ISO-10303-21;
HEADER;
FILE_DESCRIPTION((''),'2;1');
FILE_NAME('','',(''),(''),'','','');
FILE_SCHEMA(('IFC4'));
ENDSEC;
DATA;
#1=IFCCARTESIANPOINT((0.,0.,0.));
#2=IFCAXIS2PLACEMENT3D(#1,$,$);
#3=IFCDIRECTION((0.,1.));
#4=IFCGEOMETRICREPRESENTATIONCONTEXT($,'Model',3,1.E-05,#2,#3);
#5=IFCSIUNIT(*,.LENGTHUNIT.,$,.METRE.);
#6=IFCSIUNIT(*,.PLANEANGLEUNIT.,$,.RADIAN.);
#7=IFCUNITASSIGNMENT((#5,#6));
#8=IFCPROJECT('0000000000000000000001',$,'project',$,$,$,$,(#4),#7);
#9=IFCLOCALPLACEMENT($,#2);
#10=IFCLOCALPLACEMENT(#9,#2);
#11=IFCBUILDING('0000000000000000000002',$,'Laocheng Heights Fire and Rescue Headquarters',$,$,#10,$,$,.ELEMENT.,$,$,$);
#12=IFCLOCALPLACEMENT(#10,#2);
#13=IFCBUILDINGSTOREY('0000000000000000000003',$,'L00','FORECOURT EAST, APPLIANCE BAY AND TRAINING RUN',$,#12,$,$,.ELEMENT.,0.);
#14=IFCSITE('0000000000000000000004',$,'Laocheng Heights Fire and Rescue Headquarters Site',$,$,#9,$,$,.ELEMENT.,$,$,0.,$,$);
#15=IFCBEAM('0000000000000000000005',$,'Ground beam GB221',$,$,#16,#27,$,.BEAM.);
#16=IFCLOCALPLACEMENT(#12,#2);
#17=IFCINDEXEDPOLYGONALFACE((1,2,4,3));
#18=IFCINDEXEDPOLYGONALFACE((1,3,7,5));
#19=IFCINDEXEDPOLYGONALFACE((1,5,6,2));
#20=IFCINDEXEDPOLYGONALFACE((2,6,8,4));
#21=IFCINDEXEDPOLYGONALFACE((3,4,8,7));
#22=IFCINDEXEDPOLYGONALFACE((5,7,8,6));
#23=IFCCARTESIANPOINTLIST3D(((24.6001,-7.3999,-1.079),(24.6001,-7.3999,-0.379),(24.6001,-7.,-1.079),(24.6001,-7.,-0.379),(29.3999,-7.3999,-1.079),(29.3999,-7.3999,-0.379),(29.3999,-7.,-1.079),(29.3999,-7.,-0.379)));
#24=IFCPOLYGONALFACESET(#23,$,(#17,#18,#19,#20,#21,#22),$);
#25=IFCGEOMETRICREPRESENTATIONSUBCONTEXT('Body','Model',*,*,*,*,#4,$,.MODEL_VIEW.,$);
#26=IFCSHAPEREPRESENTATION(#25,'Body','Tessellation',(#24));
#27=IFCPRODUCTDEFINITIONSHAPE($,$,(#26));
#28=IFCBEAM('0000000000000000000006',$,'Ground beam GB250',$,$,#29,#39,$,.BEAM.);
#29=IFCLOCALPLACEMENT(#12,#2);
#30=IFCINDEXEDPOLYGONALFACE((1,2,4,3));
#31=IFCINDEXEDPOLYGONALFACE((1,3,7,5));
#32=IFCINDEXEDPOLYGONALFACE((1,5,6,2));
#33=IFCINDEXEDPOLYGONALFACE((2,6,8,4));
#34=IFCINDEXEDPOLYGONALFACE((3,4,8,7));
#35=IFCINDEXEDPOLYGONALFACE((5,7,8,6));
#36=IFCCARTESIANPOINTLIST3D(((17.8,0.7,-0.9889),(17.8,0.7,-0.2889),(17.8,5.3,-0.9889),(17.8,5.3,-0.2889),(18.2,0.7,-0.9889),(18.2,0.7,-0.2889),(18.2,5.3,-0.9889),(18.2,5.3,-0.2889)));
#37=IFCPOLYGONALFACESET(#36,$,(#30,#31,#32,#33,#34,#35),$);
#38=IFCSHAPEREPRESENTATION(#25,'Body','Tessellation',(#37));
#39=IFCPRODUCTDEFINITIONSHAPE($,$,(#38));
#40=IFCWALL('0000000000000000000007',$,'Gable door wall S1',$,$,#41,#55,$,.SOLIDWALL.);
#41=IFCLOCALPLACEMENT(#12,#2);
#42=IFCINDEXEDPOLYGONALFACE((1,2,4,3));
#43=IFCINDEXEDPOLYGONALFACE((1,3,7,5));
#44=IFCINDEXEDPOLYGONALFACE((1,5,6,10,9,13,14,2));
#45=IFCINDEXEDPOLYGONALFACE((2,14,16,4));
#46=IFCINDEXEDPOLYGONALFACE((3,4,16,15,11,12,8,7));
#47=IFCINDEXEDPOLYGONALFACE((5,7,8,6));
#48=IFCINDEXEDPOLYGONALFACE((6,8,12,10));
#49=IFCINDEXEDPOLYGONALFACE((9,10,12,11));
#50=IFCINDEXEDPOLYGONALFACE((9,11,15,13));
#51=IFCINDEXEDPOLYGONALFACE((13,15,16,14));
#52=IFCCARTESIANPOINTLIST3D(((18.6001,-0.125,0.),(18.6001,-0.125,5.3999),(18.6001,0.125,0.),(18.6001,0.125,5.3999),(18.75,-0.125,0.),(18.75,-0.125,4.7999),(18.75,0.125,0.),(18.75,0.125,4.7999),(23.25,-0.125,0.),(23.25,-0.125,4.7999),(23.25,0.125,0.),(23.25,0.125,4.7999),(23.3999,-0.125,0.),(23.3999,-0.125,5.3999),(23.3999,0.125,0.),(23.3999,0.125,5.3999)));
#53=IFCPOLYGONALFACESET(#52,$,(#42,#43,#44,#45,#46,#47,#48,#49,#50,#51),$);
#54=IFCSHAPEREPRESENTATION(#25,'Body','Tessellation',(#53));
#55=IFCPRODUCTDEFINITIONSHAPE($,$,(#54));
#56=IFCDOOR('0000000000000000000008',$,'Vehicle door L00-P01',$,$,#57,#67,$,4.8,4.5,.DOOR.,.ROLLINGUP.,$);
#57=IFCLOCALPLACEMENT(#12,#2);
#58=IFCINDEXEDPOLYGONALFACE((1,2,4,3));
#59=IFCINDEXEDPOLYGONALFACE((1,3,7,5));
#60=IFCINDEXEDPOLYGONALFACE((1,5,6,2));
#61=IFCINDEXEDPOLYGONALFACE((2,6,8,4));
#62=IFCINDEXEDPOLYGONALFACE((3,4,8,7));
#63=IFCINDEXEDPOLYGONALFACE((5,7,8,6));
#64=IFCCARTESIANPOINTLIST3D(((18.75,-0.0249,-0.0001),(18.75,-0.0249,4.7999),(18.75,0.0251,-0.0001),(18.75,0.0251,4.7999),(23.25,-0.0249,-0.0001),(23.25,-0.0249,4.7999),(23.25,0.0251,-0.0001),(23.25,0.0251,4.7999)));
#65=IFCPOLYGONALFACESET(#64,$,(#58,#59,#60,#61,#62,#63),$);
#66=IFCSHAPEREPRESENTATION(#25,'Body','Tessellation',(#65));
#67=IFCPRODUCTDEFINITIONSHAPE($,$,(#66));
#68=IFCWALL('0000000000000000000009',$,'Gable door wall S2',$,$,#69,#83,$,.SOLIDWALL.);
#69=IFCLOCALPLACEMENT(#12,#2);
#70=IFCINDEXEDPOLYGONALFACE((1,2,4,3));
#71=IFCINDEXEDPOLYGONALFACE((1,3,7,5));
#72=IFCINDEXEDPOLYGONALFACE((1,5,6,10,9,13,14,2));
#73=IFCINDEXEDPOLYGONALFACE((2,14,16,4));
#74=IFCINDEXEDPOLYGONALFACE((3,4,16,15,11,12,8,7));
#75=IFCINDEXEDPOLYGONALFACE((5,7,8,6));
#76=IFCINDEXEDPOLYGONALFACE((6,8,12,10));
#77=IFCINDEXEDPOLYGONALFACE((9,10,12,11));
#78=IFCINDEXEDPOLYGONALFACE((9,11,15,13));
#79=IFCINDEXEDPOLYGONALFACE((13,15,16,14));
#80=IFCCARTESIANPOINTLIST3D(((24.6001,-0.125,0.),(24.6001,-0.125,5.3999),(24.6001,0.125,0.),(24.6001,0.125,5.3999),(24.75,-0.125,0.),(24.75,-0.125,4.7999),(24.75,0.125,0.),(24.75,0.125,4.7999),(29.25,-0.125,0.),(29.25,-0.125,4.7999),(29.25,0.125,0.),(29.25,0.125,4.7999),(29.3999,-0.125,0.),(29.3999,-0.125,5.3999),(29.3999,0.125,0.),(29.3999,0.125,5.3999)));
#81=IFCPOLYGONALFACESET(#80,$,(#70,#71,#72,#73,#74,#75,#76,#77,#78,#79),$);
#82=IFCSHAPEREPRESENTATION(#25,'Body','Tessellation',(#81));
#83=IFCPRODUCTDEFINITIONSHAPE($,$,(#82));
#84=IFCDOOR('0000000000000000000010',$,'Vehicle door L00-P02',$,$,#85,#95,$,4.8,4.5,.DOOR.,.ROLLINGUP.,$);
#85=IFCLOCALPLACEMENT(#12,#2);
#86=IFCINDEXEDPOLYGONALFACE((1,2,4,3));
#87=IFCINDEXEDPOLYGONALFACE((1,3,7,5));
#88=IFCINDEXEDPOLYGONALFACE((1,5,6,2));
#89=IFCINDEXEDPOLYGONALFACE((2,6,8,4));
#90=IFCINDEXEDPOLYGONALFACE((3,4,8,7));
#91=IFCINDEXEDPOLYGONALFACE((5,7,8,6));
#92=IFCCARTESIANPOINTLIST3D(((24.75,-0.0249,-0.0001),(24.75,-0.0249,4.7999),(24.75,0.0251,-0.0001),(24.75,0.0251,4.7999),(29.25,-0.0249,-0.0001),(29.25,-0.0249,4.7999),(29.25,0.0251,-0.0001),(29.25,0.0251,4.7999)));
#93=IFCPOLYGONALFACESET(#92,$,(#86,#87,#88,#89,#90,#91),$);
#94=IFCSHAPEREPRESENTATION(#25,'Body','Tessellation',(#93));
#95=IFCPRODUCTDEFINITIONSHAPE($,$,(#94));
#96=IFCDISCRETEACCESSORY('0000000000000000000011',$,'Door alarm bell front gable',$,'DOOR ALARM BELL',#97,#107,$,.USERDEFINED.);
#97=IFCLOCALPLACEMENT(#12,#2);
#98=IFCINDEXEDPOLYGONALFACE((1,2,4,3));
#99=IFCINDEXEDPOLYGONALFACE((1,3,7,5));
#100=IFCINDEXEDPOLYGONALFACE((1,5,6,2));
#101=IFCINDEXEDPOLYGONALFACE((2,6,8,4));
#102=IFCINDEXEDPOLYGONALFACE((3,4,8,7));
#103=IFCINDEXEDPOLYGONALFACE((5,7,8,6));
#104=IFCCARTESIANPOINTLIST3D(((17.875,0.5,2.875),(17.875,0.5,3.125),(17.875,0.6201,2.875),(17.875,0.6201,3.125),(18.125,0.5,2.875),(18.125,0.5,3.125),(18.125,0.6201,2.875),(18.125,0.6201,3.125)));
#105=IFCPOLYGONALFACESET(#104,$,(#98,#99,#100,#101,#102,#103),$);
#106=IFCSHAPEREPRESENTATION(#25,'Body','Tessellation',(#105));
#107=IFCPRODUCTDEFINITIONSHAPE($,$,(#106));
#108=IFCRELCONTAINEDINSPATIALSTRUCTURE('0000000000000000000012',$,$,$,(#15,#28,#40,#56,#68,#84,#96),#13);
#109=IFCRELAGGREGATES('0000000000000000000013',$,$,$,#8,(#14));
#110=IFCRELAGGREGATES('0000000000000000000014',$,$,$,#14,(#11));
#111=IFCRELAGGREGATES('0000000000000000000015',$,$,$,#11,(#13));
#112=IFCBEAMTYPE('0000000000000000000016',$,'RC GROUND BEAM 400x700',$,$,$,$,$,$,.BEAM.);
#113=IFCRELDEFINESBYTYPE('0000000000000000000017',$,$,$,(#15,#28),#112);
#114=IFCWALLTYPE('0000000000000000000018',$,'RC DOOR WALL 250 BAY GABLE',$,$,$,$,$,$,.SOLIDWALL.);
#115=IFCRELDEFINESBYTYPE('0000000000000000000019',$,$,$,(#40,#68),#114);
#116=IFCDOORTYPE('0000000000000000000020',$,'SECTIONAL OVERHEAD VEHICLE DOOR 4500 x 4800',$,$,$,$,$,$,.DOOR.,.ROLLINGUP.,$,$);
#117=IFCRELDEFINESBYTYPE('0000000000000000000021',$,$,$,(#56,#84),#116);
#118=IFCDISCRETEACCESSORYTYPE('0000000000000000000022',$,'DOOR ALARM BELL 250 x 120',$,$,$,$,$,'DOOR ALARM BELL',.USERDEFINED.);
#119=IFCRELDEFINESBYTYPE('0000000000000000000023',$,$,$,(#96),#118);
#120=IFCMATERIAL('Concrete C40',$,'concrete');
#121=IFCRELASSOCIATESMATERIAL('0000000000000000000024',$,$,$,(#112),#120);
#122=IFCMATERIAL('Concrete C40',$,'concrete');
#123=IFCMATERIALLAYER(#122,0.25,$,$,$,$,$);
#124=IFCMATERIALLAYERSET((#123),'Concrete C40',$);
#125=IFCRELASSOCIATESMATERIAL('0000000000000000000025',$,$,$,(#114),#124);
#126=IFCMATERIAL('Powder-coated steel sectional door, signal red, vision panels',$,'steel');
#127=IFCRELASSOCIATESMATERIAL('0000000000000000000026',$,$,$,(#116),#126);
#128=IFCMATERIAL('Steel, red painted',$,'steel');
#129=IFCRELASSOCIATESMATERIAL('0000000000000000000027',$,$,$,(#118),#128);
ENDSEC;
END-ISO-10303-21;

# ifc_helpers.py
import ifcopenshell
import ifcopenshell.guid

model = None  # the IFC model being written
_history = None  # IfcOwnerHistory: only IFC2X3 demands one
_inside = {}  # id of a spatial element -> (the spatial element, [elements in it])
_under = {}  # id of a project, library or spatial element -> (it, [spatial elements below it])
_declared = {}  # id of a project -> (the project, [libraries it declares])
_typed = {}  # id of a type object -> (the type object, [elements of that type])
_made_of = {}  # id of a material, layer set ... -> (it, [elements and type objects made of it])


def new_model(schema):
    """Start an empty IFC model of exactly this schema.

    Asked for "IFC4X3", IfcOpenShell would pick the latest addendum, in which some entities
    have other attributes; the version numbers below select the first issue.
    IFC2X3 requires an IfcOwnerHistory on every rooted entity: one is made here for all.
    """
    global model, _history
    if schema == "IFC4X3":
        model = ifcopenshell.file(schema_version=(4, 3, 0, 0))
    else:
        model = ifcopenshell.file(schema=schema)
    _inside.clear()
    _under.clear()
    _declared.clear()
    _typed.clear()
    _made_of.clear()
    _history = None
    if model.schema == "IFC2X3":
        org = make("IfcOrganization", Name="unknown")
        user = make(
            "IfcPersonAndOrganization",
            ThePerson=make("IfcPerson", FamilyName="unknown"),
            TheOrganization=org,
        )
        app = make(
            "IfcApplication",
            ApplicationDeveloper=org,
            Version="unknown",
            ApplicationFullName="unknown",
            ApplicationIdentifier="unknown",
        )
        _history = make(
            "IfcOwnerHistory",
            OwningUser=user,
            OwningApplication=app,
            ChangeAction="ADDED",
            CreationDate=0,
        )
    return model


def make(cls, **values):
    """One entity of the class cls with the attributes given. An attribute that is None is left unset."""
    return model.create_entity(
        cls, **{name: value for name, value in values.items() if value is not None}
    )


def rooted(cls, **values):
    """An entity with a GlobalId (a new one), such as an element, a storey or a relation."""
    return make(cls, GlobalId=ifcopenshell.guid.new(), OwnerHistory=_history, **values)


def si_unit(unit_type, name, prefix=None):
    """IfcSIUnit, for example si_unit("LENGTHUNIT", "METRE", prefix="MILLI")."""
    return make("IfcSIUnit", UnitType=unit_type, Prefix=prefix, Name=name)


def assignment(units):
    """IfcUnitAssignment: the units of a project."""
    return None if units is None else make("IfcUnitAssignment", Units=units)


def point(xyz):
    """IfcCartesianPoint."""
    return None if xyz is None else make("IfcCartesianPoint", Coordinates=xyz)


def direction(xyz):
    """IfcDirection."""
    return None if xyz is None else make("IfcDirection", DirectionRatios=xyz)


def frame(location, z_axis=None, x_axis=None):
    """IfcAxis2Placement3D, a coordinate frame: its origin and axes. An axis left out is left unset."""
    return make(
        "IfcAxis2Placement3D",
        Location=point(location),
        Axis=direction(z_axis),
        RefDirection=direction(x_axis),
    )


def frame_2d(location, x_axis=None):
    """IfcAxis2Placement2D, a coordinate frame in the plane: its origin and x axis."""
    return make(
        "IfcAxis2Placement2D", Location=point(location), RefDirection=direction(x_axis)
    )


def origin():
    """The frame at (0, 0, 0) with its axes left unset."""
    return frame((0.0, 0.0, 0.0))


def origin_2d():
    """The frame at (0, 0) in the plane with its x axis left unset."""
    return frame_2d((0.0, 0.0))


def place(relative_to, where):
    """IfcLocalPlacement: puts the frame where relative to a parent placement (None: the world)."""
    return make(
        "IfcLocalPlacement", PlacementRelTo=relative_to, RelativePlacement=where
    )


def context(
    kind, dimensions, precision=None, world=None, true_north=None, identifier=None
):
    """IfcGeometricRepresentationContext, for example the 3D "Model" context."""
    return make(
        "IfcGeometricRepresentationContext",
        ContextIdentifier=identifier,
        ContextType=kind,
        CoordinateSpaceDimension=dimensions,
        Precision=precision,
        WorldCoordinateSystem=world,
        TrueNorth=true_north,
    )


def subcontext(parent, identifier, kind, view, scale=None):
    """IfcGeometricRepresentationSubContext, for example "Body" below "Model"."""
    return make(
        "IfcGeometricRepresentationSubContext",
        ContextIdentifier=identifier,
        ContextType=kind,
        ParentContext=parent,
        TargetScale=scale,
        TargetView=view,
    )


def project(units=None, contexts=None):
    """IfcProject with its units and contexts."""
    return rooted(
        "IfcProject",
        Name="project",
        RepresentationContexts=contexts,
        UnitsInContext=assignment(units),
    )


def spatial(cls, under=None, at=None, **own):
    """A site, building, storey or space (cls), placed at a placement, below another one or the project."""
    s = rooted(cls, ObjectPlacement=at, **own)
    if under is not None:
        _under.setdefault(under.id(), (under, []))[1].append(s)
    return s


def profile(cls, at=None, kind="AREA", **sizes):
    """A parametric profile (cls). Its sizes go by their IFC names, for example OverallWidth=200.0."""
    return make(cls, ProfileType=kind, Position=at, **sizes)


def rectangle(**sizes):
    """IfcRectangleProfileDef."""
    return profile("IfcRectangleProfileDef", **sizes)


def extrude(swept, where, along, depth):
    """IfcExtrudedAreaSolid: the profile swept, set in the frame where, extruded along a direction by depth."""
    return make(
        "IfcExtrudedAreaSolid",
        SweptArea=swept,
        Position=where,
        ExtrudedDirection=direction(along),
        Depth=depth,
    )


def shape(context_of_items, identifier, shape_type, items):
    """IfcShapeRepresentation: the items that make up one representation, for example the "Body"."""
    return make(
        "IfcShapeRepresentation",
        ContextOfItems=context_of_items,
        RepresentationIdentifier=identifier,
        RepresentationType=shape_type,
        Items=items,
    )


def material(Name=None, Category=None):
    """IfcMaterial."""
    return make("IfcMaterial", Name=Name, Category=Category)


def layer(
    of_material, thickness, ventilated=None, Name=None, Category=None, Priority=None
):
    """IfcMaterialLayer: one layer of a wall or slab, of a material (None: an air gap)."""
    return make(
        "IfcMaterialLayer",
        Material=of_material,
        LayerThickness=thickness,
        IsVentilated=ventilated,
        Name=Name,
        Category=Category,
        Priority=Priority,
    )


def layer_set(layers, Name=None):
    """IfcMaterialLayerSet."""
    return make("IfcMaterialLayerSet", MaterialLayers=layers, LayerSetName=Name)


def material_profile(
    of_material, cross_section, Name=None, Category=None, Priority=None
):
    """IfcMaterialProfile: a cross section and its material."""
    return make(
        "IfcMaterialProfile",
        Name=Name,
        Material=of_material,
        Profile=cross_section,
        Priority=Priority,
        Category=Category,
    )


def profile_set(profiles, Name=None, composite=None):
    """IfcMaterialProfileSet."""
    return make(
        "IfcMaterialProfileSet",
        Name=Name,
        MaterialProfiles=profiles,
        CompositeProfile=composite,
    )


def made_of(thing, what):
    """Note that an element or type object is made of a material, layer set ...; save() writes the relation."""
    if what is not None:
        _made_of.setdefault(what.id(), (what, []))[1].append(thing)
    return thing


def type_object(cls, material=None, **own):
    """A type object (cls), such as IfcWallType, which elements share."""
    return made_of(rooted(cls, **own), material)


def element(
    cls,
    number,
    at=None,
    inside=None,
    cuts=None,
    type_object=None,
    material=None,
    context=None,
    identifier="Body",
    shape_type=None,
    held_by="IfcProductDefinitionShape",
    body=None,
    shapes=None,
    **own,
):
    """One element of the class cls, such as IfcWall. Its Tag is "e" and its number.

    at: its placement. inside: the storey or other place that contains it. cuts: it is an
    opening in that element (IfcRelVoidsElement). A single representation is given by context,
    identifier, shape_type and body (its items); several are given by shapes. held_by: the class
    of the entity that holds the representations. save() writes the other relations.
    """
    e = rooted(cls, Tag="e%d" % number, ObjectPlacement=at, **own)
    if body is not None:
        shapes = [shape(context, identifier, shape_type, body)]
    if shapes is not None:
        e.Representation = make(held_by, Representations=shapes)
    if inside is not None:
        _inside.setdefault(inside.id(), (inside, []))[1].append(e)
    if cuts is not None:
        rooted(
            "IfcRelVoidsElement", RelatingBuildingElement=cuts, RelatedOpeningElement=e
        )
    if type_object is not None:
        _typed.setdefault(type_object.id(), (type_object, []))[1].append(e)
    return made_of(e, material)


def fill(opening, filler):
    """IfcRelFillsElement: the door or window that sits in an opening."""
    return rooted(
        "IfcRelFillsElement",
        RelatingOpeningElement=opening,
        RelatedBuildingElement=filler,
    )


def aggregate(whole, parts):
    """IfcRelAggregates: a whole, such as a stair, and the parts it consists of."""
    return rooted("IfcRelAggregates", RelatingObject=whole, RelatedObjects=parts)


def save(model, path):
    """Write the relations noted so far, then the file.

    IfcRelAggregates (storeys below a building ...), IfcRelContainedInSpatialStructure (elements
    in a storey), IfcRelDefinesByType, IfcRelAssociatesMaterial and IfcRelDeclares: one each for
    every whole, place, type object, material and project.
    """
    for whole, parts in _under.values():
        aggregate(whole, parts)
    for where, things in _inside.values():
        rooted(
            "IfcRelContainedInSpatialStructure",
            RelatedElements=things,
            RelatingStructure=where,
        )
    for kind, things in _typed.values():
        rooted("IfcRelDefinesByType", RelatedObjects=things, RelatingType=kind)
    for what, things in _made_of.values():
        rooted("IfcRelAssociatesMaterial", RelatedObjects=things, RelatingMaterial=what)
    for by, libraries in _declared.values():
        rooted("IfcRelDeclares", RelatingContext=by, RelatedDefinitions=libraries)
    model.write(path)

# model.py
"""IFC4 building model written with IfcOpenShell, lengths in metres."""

from ifc_helpers import new_model, si_unit, direction, frame, frame_2d, origin, origin_2d, place, context, subcontext, project, spatial, rectangle, extrude, material, layer, layer_set, material_profile, profile_set, type_object, element, fill, save


model = new_model("IFC4")

# Units and contexts
model_context = context("Model", 3, precision=1e-05, world=origin(), true_north=direction((0.0, 1.0)))
body_context = subcontext(model_context, "Body", "Model", "MODEL_VIEW")
ifc_project = project(units=[si_unit("LENGTHUNIT", "METRE"), si_unit("PLANEANGLEUNIT", "RADIAN")], contexts=[model_context])

# Site, building, storey
site_placement = place(None, origin())
site = spatial("IfcSite", under=ifc_project, at=site_placement, Name="Laocheng Heights Fire and Rescue Headquarters Site", CompositionType="ELEMENT", RefElevation=0.0)
building_placement = place(site_placement, origin())
building = spatial("IfcBuilding", under=site, at=building_placement, Name="Laocheng Heights Fire and Rescue Headquarters", CompositionType="ELEMENT")
storey_placement = place(building_placement, origin())
storey = spatial("IfcBuildingStorey", under=building, at=storey_placement, Name="L00", Description="FORECOURT EAST, APPLIANCE BAY AND TRAINING RUN", CompositionType="ELEMENT", Elevation=0.0)

# Beams
ifc_material_1 = material(Name="Concrete C40", Category="concrete")
ifc_material_profile_1 = material_profile(ifc_material_1, rectangle(XDim=0.3999, YDim=0.7, at=origin_2d()), Name="RC GROUND BEAM 400x700")
ifc_profile_set_1 = profile_set([ifc_material_profile_1], Name="Concrete C40")
beam_type_1 = type_object("IfcBeamType", Name="RC GROUND BEAM 400x700", PredefinedType="BEAM", material=ifc_profile_set_1)
beam_1_placement = place(storey_placement, frame((24.6001, -7.2, -0.729), z_axis=(1.0, 0.0, 0.0), x_axis=(0.0, 1.0, 0.0)))
element("IfcBeam", 1, at=beam_1_placement, inside=storey, type_object=beam_type_1, Name="Ground beam GB221", PredefinedType="BEAM", context=body_context, shape_type="SweptSolid", body=[
    extrude(rectangle(XDim=0.3999, YDim=0.7, at=origin_2d()), origin(), (0.0, 0.0, 1.0), 4.7998),
])
beam_2_placement = place(storey_placement, frame((18.0, 0.7, -0.6389), z_axis=(0.0, 1.0, 0.0), x_axis=(-1.0, 0.0, 0.0)))
element("IfcBeam", 2, at=beam_2_placement, inside=storey, type_object=beam_type_1, Name="Ground beam GB250", PredefinedType="BEAM", context=body_context, shape_type="SweptSolid", body=[
    extrude(rectangle(XDim=0.3999, YDim=0.7, at=origin_2d()), origin(), (0.0, 0.0, 1.0), 4.6001),
])

# Walls, openings, doors
ifc_material_2 = material(Name="Concrete C40", Category="concrete")
ifc_layer = layer(ifc_material_2, 0.25)
ifc_layer_set = layer_set([ifc_layer], Name="Concrete C40")
wall_type = type_object("IfcWallType", Name="RC DOOR WALL 250 BAY GABLE", PredefinedType="SOLIDWALL", material=ifc_layer_set)
wall_1_placement = place(storey_placement, frame((18.6001, 0.0, 0.0), z_axis=(0.0, 0.0, 1.0), x_axis=(1.0, 0.0, 0.0)))
wall_1 = element("IfcWall", 3, at=wall_1_placement, inside=storey, type_object=wall_type, Name="Gable door wall S1", PredefinedType="SOLIDWALL", context=body_context, shape_type="SweptSolid", body=[
    extrude(rectangle(XDim=4.7998, YDim=0.25, at=frame_2d((2.3999, 0.0))), origin(), (0.0, 0.0, 1.0), 5.3999),
])
opening_1_placement = place(wall_1_placement, frame((0.1499, 0.0, 0.0)))
opening_1 = element("IfcOpeningElement", 4, at=opening_1_placement, cuts=wall_1, PredefinedType="OPENING", context=body_context, shape_type="SweptSolid", body=[
    extrude(rectangle(XDim=4.5, YDim=4.8, at=frame_2d((2.25, 2.3999))), frame((0.0, 0.135, 0.0), z_axis=(0.0, -1.0, 0.0), x_axis=(1.0, 0.0, 0.0)), (0.0, 0.0, 1.0), 0.27),
])
ifc_material_3 = material(Name="Powder-coated steel sectional door, signal red, vision panels", Category="steel")
door_type = type_object("IfcDoorType", Name="SECTIONAL OVERHEAD VEHICLE DOOR 4500 x 4800", OperationType="ROLLINGUP", PredefinedType="DOOR", material=ifc_material_3)
door_1_placement = place(opening_1_placement, frame((4.5, 0.0, 0.0), z_axis=(0.0, 0.0, 1.0), x_axis=(-1.0, 0.0, 0.0)))
door_1 = element("IfcDoor", 5, at=door_1_placement, inside=storey, type_object=door_type, Name="Vehicle door L00-P01", OperationType="ROLLINGUP", OverallHeight=4.8, OverallWidth=4.5, PredefinedType="DOOR", context=body_context, shape_type="SweptSolid", body=[
    extrude(rectangle(XDim=4.5, YDim=4.8, at=frame_2d((2.25, 2.3999))), frame((0.0, 0.0249, 0.0), z_axis=(0.0, -1.0, 0.0), x_axis=(1.0, 0.0, 0.0)), (0.0, 0.0, 1.0), 0.05),
])
fill(opening_1, door_1)
wall_2_placement = place(storey_placement, frame((24.6001, 0.0, 0.0), z_axis=(0.0, 0.0, 1.0), x_axis=(1.0, 0.0, 0.0)))
wall_2 = element("IfcWall", 6, at=wall_2_placement, inside=storey, type_object=wall_type, Name="Gable door wall S2", PredefinedType="SOLIDWALL", context=body_context, shape_type="SweptSolid", body=[
    extrude(rectangle(XDim=4.7998, YDim=0.25, at=frame_2d((2.3999, 0.0))), origin(), (0.0, 0.0, 1.0), 5.3999),
])
opening_2_placement = place(wall_2_placement, frame((0.1499, 0.0, 0.0)))
opening_2 = element("IfcOpeningElement", 7, at=opening_2_placement, cuts=wall_2, PredefinedType="OPENING", context=body_context, shape_type="SweptSolid", body=[
    extrude(rectangle(XDim=4.5, YDim=4.8, at=frame_2d((2.25, 2.3999))), frame((0.0, 0.135, 0.0), z_axis=(0.0, -1.0, 0.0), x_axis=(1.0, 0.0, 0.0)), (0.0, 0.0, 1.0), 0.27),
])
door_2_placement = place(opening_2_placement, frame((4.5, 0.0, 0.0), z_axis=(0.0, 0.0, 1.0), x_axis=(-1.0, 0.0, 0.0)))
door_2 = element("IfcDoor", 8, at=door_2_placement, inside=storey, type_object=door_type, Name="Vehicle door L00-P02", OperationType="ROLLINGUP", OverallHeight=4.8, OverallWidth=4.5, PredefinedType="DOOR", context=body_context, shape_type="SweptSolid", body=[
    extrude(rectangle(XDim=4.5, YDim=4.8, at=frame_2d((2.25, 2.3999))), frame((0.0, 0.0249, 0.0), z_axis=(0.0, -1.0, 0.0), x_axis=(1.0, 0.0, 0.0)), (0.0, 0.0, 1.0), 0.05),
])
fill(opening_2, door_2)

# Discrete accessory
ifc_material_4 = material(Name="Steel, red painted", Category="steel")
discrete_accessory_type = type_object("IfcDiscreteAccessoryType", Name="DOOR ALARM BELL 250 x 120", ElementType="DOOR ALARM BELL", PredefinedType="USERDEFINED", material=ifc_material_4)
discrete_accessory_placement = place(storey_placement, frame((18.0, 0.5601, 2.875), z_axis=(0.0, 0.0, 1.0), x_axis=(1.0, 0.0, 0.0)))
element("IfcDiscreteAccessory", 9, at=discrete_accessory_placement, inside=storey, type_object=discrete_accessory_type, Name="Door alarm bell front gable", ObjectType="DOOR ALARM BELL", PredefinedType="USERDEFINED", context=body_context, shape_type="SweptSolid", body=[
    extrude(rectangle(XDim=0.25, YDim=0.1201, at=origin_2d()), origin(), (0.0, 0.0, 1.0), 0.25),
])

save(model, "model.ifc")
